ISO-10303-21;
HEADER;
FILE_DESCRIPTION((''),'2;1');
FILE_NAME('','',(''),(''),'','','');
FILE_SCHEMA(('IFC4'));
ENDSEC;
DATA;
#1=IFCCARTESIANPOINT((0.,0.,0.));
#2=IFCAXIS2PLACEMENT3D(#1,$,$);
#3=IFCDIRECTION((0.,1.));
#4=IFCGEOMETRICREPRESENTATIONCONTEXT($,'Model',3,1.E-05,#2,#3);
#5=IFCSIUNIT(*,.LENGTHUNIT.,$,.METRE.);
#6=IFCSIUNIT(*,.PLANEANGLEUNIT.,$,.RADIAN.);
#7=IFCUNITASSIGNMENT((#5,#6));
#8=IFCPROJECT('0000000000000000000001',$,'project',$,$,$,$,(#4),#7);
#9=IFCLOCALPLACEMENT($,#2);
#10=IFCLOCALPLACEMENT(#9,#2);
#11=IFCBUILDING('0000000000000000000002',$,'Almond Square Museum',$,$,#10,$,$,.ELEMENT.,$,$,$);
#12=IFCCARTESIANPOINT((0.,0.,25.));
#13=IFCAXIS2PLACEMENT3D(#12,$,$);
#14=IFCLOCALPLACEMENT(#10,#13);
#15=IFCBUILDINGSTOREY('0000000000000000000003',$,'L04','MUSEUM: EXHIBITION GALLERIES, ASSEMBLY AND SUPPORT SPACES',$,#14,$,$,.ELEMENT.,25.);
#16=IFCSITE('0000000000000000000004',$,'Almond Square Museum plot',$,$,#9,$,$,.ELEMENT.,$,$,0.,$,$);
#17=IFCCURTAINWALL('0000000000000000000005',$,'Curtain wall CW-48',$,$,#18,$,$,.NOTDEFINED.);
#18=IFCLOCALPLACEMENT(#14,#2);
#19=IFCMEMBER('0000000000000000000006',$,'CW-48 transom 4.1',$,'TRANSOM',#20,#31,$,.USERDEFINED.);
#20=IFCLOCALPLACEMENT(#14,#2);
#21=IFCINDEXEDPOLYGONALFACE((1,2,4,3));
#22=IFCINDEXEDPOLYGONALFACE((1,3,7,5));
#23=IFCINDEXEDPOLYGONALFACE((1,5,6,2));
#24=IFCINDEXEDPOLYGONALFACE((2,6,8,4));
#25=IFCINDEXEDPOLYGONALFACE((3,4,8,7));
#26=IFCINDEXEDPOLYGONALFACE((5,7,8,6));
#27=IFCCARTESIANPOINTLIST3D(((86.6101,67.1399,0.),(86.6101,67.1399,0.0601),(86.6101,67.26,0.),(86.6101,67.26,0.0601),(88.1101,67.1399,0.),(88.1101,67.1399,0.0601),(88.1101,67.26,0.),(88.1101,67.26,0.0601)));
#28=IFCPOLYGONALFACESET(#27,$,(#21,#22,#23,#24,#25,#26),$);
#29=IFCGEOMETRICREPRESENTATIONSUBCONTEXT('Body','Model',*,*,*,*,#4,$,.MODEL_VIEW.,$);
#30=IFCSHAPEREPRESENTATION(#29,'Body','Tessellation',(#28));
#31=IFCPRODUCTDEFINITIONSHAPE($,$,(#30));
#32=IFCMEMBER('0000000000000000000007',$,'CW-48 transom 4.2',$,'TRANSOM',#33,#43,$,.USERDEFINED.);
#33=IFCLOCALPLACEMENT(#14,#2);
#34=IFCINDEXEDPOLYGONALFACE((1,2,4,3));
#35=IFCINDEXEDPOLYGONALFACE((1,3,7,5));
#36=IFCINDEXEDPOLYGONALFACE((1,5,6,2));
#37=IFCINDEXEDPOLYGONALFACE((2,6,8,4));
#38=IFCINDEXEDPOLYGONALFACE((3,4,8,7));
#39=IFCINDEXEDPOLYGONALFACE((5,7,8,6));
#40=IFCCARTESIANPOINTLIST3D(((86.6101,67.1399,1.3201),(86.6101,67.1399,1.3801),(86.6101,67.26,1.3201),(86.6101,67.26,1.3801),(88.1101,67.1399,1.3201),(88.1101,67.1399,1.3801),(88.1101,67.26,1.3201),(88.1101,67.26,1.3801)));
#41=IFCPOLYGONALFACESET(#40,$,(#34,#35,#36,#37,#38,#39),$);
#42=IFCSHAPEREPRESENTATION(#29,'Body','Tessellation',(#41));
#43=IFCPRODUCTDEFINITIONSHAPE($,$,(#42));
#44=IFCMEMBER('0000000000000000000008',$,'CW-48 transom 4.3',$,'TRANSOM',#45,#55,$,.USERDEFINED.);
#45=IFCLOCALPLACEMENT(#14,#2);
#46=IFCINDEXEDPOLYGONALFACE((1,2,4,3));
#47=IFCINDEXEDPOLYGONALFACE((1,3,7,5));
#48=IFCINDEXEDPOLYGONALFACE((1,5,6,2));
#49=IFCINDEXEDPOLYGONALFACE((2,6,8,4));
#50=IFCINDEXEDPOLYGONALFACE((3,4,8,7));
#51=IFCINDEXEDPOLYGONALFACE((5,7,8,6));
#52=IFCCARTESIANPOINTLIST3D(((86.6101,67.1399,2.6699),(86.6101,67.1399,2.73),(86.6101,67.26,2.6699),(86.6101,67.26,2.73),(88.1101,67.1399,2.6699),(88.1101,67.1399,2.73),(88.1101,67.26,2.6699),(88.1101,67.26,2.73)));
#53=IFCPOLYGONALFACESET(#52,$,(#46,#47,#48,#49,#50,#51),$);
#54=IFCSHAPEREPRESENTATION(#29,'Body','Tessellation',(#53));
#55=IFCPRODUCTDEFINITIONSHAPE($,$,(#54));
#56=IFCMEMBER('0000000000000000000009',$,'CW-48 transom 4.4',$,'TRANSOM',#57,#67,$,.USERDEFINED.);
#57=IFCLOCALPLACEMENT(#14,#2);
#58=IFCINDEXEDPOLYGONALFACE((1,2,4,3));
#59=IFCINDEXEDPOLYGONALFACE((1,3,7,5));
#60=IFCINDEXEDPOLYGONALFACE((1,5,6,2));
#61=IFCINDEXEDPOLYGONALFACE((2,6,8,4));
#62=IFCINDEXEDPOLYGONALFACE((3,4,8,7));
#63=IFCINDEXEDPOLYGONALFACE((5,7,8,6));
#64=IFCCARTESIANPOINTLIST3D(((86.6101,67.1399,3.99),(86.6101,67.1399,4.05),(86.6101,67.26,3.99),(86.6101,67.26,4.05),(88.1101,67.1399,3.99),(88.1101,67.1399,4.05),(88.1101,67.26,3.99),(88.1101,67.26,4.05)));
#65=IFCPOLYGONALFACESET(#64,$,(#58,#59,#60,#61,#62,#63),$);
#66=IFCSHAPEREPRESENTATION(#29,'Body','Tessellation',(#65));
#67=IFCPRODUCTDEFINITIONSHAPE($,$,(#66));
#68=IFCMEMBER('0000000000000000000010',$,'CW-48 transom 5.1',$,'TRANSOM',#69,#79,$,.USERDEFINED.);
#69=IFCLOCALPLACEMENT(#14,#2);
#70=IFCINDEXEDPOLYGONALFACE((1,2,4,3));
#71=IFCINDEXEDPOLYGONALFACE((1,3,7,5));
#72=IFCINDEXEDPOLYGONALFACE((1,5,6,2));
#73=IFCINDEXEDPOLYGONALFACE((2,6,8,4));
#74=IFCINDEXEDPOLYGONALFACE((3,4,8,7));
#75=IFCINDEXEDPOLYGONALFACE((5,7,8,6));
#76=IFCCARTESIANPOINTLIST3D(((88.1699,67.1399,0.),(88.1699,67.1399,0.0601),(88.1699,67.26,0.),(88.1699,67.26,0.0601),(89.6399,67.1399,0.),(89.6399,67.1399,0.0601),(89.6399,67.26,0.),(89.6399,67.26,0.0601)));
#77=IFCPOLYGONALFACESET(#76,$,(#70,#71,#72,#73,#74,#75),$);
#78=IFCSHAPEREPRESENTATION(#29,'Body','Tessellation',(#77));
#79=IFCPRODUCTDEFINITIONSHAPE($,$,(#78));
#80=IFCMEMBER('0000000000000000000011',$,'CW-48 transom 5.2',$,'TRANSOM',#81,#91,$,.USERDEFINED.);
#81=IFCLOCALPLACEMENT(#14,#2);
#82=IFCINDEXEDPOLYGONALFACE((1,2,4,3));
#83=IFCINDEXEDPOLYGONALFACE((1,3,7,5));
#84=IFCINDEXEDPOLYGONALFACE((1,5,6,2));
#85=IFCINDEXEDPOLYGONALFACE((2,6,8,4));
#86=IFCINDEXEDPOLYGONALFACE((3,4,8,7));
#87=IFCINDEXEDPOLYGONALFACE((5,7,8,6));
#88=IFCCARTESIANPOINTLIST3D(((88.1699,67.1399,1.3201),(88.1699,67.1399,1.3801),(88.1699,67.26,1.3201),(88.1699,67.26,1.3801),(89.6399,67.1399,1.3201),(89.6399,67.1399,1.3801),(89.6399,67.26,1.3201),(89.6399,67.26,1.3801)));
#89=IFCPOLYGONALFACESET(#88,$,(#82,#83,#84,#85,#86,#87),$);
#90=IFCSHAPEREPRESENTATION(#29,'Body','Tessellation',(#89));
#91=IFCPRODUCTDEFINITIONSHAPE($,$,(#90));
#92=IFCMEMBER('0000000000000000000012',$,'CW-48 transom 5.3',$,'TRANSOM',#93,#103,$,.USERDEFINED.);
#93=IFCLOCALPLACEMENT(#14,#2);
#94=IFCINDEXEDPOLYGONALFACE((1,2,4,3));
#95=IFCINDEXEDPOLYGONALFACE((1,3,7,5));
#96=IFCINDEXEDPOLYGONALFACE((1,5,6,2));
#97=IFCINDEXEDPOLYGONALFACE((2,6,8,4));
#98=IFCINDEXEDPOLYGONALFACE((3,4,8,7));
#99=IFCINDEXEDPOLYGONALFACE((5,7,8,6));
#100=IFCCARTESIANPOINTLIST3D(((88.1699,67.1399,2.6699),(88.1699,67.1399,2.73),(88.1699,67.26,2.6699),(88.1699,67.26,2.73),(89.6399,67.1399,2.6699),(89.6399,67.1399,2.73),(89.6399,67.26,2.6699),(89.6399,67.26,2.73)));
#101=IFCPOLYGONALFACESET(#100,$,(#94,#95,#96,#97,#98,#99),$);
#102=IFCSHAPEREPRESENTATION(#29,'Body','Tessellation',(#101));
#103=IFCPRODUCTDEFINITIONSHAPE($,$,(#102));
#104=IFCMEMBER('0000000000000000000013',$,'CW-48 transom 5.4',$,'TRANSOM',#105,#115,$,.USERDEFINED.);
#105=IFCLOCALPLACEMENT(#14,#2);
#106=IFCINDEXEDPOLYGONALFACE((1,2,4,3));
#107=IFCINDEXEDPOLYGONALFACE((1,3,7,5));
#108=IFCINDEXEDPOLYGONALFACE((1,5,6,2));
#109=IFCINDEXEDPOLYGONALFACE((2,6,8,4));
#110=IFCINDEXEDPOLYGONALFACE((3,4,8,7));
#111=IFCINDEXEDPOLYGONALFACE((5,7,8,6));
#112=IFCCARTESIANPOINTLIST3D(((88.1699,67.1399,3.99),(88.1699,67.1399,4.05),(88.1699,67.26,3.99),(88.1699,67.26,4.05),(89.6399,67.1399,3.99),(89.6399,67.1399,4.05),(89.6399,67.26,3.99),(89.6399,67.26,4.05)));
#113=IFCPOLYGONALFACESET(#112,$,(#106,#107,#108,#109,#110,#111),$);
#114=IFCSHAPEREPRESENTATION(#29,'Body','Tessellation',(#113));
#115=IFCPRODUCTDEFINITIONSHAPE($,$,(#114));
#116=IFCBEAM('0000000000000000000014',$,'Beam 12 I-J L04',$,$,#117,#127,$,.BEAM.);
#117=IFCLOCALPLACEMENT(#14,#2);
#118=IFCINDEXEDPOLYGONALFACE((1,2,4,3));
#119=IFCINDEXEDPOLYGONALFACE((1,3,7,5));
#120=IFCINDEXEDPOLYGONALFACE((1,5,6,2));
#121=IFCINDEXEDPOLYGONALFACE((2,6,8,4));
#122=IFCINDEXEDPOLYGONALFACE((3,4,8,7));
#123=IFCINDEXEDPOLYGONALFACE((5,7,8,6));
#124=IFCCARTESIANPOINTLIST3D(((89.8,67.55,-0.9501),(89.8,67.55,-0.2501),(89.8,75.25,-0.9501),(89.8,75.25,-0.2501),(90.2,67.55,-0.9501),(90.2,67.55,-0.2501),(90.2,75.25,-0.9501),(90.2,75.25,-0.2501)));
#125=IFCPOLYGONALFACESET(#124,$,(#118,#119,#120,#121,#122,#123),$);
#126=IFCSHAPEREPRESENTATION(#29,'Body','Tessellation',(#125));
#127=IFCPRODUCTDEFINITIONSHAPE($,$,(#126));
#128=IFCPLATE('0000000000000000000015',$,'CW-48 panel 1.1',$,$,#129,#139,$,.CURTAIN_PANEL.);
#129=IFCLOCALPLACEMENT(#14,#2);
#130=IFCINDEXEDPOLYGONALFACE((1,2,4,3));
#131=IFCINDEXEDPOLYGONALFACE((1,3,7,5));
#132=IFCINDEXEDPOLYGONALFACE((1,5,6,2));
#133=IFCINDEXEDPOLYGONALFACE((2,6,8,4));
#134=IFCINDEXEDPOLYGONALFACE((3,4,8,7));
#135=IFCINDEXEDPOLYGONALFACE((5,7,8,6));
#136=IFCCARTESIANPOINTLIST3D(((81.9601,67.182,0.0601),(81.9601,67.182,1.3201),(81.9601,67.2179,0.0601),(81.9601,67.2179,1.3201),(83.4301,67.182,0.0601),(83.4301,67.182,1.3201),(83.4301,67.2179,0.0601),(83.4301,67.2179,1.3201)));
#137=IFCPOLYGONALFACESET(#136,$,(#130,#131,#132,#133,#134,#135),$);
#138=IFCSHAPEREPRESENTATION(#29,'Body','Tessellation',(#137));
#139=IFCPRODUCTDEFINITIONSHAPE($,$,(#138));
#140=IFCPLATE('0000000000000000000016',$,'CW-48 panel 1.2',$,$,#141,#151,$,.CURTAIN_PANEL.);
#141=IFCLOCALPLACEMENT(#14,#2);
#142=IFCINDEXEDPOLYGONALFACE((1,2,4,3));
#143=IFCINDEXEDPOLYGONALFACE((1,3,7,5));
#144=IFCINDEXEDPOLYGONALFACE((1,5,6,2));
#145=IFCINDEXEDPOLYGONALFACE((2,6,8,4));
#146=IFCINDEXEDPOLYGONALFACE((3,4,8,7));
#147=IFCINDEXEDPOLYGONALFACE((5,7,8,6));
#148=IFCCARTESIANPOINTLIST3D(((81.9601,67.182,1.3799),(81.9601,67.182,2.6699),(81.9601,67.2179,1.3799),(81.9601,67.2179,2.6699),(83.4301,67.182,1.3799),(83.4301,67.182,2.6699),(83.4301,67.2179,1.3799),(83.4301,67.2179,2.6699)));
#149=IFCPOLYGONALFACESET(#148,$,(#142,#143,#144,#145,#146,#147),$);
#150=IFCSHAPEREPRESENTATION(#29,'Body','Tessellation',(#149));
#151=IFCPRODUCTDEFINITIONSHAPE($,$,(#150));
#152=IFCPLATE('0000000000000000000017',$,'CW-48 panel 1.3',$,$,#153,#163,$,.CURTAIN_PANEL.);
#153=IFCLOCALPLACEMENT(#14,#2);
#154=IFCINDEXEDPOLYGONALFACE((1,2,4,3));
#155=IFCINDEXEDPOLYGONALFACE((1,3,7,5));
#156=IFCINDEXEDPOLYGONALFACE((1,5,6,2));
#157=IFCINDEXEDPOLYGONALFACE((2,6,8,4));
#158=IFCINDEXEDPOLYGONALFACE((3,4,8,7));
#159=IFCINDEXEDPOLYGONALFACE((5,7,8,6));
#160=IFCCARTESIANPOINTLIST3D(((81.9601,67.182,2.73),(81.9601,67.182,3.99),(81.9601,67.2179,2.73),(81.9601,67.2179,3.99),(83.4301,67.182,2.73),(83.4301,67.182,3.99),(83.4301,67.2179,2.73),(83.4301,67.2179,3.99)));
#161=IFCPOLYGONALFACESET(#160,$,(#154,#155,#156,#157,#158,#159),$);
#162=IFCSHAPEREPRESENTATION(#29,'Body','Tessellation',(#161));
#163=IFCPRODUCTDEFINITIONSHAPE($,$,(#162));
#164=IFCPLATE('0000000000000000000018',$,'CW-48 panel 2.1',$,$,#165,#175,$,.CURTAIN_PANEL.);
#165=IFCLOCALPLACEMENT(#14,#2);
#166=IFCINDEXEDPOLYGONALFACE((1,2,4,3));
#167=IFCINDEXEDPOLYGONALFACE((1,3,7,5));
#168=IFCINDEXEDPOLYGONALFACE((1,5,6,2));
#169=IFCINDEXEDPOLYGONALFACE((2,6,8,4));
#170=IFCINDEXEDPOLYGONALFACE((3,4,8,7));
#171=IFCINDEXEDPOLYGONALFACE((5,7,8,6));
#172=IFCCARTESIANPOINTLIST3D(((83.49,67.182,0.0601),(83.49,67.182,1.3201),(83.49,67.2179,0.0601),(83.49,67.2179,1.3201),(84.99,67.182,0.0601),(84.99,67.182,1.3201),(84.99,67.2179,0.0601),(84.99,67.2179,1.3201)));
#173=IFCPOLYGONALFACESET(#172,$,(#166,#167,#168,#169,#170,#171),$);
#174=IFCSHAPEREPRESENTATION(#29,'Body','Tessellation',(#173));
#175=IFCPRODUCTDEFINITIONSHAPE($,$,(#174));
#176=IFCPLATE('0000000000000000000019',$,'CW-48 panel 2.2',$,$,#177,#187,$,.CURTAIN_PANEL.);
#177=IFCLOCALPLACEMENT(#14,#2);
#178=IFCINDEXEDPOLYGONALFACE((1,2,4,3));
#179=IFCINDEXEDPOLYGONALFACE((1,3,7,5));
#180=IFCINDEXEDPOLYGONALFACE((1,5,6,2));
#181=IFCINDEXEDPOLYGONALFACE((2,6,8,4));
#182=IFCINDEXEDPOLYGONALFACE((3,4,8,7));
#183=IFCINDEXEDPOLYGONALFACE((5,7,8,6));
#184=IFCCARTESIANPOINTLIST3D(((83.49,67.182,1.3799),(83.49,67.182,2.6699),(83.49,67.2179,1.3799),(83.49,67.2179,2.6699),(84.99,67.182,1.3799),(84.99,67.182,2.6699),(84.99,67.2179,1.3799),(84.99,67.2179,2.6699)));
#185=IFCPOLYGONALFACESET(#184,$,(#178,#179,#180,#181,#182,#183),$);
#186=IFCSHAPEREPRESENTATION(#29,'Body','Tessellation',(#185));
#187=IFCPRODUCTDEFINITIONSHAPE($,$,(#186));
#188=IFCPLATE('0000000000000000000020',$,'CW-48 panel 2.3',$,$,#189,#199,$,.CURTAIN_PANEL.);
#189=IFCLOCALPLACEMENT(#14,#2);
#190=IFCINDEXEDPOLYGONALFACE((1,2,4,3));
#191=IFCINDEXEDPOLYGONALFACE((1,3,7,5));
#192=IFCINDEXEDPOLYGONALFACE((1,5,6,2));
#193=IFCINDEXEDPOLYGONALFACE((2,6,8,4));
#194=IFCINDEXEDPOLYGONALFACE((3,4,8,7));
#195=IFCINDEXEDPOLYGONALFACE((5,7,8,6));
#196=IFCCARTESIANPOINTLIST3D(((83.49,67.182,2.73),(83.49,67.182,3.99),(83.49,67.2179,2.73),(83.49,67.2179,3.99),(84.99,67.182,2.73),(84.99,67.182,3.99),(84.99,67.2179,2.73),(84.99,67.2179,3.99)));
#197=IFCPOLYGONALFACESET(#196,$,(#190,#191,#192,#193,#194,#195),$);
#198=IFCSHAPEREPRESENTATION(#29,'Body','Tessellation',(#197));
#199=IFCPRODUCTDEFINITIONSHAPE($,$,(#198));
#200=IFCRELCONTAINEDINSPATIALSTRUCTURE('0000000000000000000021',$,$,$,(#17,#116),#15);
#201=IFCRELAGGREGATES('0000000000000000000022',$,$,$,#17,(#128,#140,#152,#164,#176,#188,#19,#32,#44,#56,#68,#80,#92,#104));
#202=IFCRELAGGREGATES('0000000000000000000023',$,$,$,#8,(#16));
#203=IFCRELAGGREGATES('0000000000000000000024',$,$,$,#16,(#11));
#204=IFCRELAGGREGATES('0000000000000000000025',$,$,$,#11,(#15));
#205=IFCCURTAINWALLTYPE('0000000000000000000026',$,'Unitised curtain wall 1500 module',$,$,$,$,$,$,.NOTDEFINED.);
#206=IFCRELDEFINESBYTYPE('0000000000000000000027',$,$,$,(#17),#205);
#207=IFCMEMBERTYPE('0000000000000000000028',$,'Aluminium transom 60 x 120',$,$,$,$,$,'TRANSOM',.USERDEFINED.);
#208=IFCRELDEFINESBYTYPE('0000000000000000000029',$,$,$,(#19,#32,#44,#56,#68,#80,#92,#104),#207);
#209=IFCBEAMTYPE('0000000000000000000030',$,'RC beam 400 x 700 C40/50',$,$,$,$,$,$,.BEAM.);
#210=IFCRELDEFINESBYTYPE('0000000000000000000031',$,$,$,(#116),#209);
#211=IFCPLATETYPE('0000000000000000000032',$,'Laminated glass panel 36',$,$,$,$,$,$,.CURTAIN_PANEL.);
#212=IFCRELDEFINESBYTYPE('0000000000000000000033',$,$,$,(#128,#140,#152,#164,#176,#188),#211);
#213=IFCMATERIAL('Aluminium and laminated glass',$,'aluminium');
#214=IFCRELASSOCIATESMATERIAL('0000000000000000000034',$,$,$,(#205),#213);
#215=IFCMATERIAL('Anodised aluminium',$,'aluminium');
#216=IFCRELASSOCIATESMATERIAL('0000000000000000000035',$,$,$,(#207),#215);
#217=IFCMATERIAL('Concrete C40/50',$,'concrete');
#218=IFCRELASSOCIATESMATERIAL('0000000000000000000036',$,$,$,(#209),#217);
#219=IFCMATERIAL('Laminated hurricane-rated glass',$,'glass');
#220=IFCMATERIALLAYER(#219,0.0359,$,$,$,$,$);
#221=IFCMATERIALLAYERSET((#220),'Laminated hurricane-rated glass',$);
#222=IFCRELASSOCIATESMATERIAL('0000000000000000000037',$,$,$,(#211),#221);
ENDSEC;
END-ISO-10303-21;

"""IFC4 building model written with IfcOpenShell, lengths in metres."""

from ifc_helpers import new_model, si_unit, direction, frame, origin, origin_2d, place, context, subcontext, project, spatial, rectangle, extrude, material, layer, layer_set, material_profile, profile_set, type_object, element, aggregate, save


model = new_model("IFC4")

# Units and contexts
model_context = context("Model", 3, precision=1e-05, world=origin(), true_north=direction((0.0, 1.0)))
body_context = subcontext(model_context, "Body", "Model", "MODEL_VIEW")
ifc_project = project(units=[si_unit("LENGTHUNIT", "METRE"), si_unit("PLANEANGLEUNIT", "RADIAN")], contexts=[model_context])

# Site, building, storey
site_placement = place(None, origin())
site = spatial("IfcSite", under=ifc_project, at=site_placement, Name="Almond Square Museum plot", CompositionType="ELEMENT", RefElevation=0.0)
building_placement = place(site_placement, origin())
building = spatial("IfcBuilding", under=site, at=building_placement, Name="Almond Square Museum", CompositionType="ELEMENT")
storey_placement = place(building_placement, frame((0.0, 0.0, 25.0)))
storey = spatial("IfcBuildingStorey", under=building, at=storey_placement, Name="L04", Description="MUSEUM: EXHIBITION GALLERIES, ASSEMBLY AND SUPPORT SPACES", CompositionType="ELEMENT", Elevation=25.0)

# Curtain wall, members
ifc_material_1 = material(Name="Aluminium and laminated glass", Category="aluminium")
curtain_wall_type = type_object("IfcCurtainWallType", Name="Unitised curtain wall 1500 module", PredefinedType="NOTDEFINED", material=ifc_material_1)
curtain_wall_placement = place(storey_placement, origin())
curtain_wall = element("IfcCurtainWall", 1, at=curtain_wall_placement, inside=storey, type_object=curtain_wall_type, Name="Curtain wall CW-48", PredefinedType="NOTDEFINED")
ifc_material_2 = material(Name="Anodised aluminium", Category="aluminium")
ifc_material_profile_1 = material_profile(ifc_material_2, rectangle(XDim=0.1201, YDim=0.0601, at=origin_2d()))
ifc_profile_set_1 = profile_set([ifc_material_profile_1], Name="Anodised aluminium")
member_type_1 = type_object("IfcMemberType", Name="Aluminium transom 60 x 120", ElementType="TRANSOM", PredefinedType="USERDEFINED", material=ifc_profile_set_1)
member_1_placement = place(storey_placement, frame((86.6101, 67.2, 0.03), z_axis=(1.0, 0.0, 0.0), x_axis=(0.0, 1.0, 0.0)))
member_1 = element("IfcMember", 2, at=member_1_placement, type_object=member_type_1, Name="CW-48 transom 4.1", ObjectType="TRANSOM", PredefinedType="USERDEFINED", context=body_context, shape_type="SweptSolid", body=[
    extrude(rectangle(XDim=0.1201, YDim=0.0601, at=origin_2d()), origin(), (0.0, 0.0, 1.0), 1.5),
])
member_2_placement = place(storey_placement, frame((86.6101, 67.2, 1.3501), z_axis=(1.0, 0.0, 0.0), x_axis=(0.0, 1.0, 0.0)))
member_2 = element("IfcMember", 3, at=member_2_placement, type_object=member_type_1, Name="CW-48 transom 4.2", ObjectType="TRANSOM", PredefinedType="USERDEFINED", context=body_context, shape_type="SweptSolid", body=[
    extrude(rectangle(XDim=0.1201, YDim=0.0601, at=origin_2d()), origin(), (0.0, 0.0, 1.0), 1.5),
])
member_3_placement = place(storey_placement, frame((86.6101, 67.2, 2.7), z_axis=(1.0, 0.0, 0.0), x_axis=(0.0, 1.0, 0.0)))
member_3 = element("IfcMember", 4, at=member_3_placement, type_object=member_type_1, Name="CW-48 transom 4.3", ObjectType="TRANSOM", PredefinedType="USERDEFINED", context=body_context, shape_type="SweptSolid", body=[
    extrude(rectangle(XDim=0.1201, YDim=0.0601, at=origin_2d()), origin(), (0.0, 0.0, 1.0), 1.5),
])
member_4_placement = place(storey_placement, frame((86.6101, 67.2, 4.02), z_axis=(1.0, 0.0, 0.0), x_axis=(0.0, 1.0, 0.0)))
member_4 = element("IfcMember", 5, at=member_4_placement, type_object=member_type_1, Name="CW-48 transom 4.4", ObjectType="TRANSOM", PredefinedType="USERDEFINED", context=body_context, shape_type="SweptSolid", body=[
    extrude(rectangle(XDim=0.1201, YDim=0.0601, at=origin_2d()), origin(), (0.0, 0.0, 1.0), 1.5),
])
member_5_placement = place(storey_placement, frame((88.1699, 67.2, 0.03), z_axis=(1.0, 0.0, 0.0), x_axis=(0.0, 1.0, 0.0)))
member_5 = element("IfcMember", 6, at=member_5_placement, type_object=member_type_1, Name="CW-48 transom 5.1", ObjectType="TRANSOM", PredefinedType="USERDEFINED", context=body_context, shape_type="SweptSolid", body=[
    extrude(rectangle(XDim=0.1201, YDim=0.0601, at=origin_2d()), origin(), (0.0, 0.0, 1.0), 1.47),
])
member_6_placement = place(storey_placement, frame((88.1699, 67.2, 1.3501), z_axis=(1.0, 0.0, 0.0), x_axis=(0.0, 1.0, 0.0)))
member_6 = element("IfcMember", 7, at=member_6_placement, type_object=member_type_1, Name="CW-48 transom 5.2", ObjectType="TRANSOM", PredefinedType="USERDEFINED", context=body_context, shape_type="SweptSolid", body=[
    extrude(rectangle(XDim=0.1201, YDim=0.0601, at=origin_2d()), origin(), (0.0, 0.0, 1.0), 1.47),
])
member_7_placement = place(storey_placement, frame((88.1699, 67.2, 2.7), z_axis=(1.0, 0.0, 0.0), x_axis=(0.0, 1.0, 0.0)))
member_7 = element("IfcMember", 8, at=member_7_placement, type_object=member_type_1, Name="CW-48 transom 5.3", ObjectType="TRANSOM", PredefinedType="USERDEFINED", context=body_context, shape_type="SweptSolid", body=[
    extrude(rectangle(XDim=0.1201, YDim=0.0601, at=origin_2d()), origin(), (0.0, 0.0, 1.0), 1.47),
])
member_8_placement = place(storey_placement, frame((88.1699, 67.2, 4.02), z_axis=(1.0, 0.0, 0.0), x_axis=(0.0, 1.0, 0.0)))
member_8 = element("IfcMember", 9, at=member_8_placement, type_object=member_type_1, Name="CW-48 transom 5.4", ObjectType="TRANSOM", PredefinedType="USERDEFINED", context=body_context, shape_type="SweptSolid", body=[
    extrude(rectangle(XDim=0.1201, YDim=0.0601, at=origin_2d()), origin(), (0.0, 0.0, 1.0), 1.47),
])

# Beam
ifc_material_3 = material(Name="Concrete C40/50", Category="concrete")
ifc_material_profile_2 = material_profile(ifc_material_3, rectangle(XDim=0.3999, YDim=0.7, at=origin_2d()))
ifc_profile_set_2 = profile_set([ifc_material_profile_2], Name="Concrete C40/50")
beam_type = type_object("IfcBeamType", Name="RC beam 400 x 700 C40/50", PredefinedType="BEAM", material=ifc_profile_set_2)
beam_placement = place(storey_placement, frame((90.0, 67.55, -0.6001), z_axis=(0.0, 1.0, 0.0), x_axis=(-1.0, 0.0, 0.0)))
element("IfcBeam", 10, at=beam_placement, inside=storey, type_object=beam_type, Name="Beam 12 I-J L04", PredefinedType="BEAM", context=body_context, shape_type="SweptSolid", body=[
    extrude(rectangle(XDim=0.3999, YDim=0.7, at=origin_2d()), origin(), (0.0, 0.0, 1.0), 7.7),
])

# Plates
ifc_material_4 = material(Name="Laminated hurricane-rated glass", Category="glass")
ifc_layer = layer(ifc_material_4, 0.0359)
ifc_layer_set = layer_set([ifc_layer], Name="Laminated hurricane-rated glass")
plate_type = type_object("IfcPlateType", Name="Laminated glass panel 36", PredefinedType="CURTAIN_PANEL", material=ifc_layer_set)
plate_1_placement = place(storey_placement, frame((82.6951, 67.2, 0.0601), z_axis=(0.0, 0.0, 1.0), x_axis=(1.0, 0.0, 0.0)))
plate_1 = element("IfcPlate", 11, at=plate_1_placement, type_object=plate_type, Name="CW-48 panel 1.1", PredefinedType="CURTAIN_PANEL", context=body_context, shape_type="SweptSolid", body=[
    extrude(rectangle(XDim=1.47, YDim=0.0359, at=origin_2d()), origin(), (0.0, 0.0, 1.0), 1.26),
])
plate_2_placement = place(storey_placement, frame((82.6951, 67.2, 1.3799), z_axis=(0.0, 0.0, 1.0), x_axis=(1.0, 0.0, 0.0)))
plate_2 = element("IfcPlate", 12, at=plate_2_placement, type_object=plate_type, Name="CW-48 panel 1.2", PredefinedType="CURTAIN_PANEL", context=body_context, shape_type="SweptSolid", body=[
    extrude(rectangle(XDim=1.47, YDim=0.0359, at=origin_2d()), origin(), (0.0, 0.0, 1.0), 1.29),
])
plate_3_placement = place(storey_placement, frame((82.6951, 67.2, 2.73), z_axis=(0.0, 0.0, 1.0), x_axis=(1.0, 0.0, 0.0)))
plate_3 = element("IfcPlate", 13, at=plate_3_placement, type_object=plate_type, Name="CW-48 panel 1.3", PredefinedType="CURTAIN_PANEL", context=body_context, shape_type="SweptSolid", body=[
    extrude(rectangle(XDim=1.47, YDim=0.0359, at=origin_2d()), origin(), (0.0, 0.0, 1.0), 1.26),
])
plate_4_placement = place(storey_placement, frame((84.24, 67.2, 0.0601), z_axis=(0.0, 0.0, 1.0), x_axis=(1.0, 0.0, 0.0)))
plate_4 = element("IfcPlate", 14, at=plate_4_placement, type_object=plate_type, Name="CW-48 panel 2.1", PredefinedType="CURTAIN_PANEL", context=body_context, shape_type="SweptSolid", body=[
    extrude(rectangle(XDim=1.5, YDim=0.0359, at=origin_2d()), origin(), (0.0, 0.0, 1.0), 1.26),
])
plate_5_placement = place(storey_placement, frame((84.24, 67.2, 1.3799), z_axis=(0.0, 0.0, 1.0), x_axis=(1.0, 0.0, 0.0)))
plate_5 = element("IfcPlate", 15, at=plate_5_placement, type_object=plate_type, Name="CW-48 panel 2.2", PredefinedType="CURTAIN_PANEL", context=body_context, shape_type="SweptSolid", body=[
    extrude(rectangle(XDim=1.5, YDim=0.0359, at=origin_2d()), origin(), (0.0, 0.0, 1.0), 1.29),
])
plate_6_placement = place(storey_placement, frame((84.24, 67.2, 2.73), z_axis=(0.0, 0.0, 1.0), x_axis=(1.0, 0.0, 0.0)))
plate_6 = element("IfcPlate", 16, at=plate_6_placement, type_object=plate_type, Name="CW-48 panel 2.3", PredefinedType="CURTAIN_PANEL", context=body_context, shape_type="SweptSolid", body=[
    extrude(rectangle(XDim=1.5, YDim=0.0359, at=origin_2d()), origin(), (0.0, 0.0, 1.0), 1.26),
])
aggregate(curtain_wall, [plate_1, plate_2, plate_3, plate_4, plate_5, plate_6, member_1, member_2, member_3, member_4, member_5, member_6, member_7, member_8])

save(model, "model.ifc")
